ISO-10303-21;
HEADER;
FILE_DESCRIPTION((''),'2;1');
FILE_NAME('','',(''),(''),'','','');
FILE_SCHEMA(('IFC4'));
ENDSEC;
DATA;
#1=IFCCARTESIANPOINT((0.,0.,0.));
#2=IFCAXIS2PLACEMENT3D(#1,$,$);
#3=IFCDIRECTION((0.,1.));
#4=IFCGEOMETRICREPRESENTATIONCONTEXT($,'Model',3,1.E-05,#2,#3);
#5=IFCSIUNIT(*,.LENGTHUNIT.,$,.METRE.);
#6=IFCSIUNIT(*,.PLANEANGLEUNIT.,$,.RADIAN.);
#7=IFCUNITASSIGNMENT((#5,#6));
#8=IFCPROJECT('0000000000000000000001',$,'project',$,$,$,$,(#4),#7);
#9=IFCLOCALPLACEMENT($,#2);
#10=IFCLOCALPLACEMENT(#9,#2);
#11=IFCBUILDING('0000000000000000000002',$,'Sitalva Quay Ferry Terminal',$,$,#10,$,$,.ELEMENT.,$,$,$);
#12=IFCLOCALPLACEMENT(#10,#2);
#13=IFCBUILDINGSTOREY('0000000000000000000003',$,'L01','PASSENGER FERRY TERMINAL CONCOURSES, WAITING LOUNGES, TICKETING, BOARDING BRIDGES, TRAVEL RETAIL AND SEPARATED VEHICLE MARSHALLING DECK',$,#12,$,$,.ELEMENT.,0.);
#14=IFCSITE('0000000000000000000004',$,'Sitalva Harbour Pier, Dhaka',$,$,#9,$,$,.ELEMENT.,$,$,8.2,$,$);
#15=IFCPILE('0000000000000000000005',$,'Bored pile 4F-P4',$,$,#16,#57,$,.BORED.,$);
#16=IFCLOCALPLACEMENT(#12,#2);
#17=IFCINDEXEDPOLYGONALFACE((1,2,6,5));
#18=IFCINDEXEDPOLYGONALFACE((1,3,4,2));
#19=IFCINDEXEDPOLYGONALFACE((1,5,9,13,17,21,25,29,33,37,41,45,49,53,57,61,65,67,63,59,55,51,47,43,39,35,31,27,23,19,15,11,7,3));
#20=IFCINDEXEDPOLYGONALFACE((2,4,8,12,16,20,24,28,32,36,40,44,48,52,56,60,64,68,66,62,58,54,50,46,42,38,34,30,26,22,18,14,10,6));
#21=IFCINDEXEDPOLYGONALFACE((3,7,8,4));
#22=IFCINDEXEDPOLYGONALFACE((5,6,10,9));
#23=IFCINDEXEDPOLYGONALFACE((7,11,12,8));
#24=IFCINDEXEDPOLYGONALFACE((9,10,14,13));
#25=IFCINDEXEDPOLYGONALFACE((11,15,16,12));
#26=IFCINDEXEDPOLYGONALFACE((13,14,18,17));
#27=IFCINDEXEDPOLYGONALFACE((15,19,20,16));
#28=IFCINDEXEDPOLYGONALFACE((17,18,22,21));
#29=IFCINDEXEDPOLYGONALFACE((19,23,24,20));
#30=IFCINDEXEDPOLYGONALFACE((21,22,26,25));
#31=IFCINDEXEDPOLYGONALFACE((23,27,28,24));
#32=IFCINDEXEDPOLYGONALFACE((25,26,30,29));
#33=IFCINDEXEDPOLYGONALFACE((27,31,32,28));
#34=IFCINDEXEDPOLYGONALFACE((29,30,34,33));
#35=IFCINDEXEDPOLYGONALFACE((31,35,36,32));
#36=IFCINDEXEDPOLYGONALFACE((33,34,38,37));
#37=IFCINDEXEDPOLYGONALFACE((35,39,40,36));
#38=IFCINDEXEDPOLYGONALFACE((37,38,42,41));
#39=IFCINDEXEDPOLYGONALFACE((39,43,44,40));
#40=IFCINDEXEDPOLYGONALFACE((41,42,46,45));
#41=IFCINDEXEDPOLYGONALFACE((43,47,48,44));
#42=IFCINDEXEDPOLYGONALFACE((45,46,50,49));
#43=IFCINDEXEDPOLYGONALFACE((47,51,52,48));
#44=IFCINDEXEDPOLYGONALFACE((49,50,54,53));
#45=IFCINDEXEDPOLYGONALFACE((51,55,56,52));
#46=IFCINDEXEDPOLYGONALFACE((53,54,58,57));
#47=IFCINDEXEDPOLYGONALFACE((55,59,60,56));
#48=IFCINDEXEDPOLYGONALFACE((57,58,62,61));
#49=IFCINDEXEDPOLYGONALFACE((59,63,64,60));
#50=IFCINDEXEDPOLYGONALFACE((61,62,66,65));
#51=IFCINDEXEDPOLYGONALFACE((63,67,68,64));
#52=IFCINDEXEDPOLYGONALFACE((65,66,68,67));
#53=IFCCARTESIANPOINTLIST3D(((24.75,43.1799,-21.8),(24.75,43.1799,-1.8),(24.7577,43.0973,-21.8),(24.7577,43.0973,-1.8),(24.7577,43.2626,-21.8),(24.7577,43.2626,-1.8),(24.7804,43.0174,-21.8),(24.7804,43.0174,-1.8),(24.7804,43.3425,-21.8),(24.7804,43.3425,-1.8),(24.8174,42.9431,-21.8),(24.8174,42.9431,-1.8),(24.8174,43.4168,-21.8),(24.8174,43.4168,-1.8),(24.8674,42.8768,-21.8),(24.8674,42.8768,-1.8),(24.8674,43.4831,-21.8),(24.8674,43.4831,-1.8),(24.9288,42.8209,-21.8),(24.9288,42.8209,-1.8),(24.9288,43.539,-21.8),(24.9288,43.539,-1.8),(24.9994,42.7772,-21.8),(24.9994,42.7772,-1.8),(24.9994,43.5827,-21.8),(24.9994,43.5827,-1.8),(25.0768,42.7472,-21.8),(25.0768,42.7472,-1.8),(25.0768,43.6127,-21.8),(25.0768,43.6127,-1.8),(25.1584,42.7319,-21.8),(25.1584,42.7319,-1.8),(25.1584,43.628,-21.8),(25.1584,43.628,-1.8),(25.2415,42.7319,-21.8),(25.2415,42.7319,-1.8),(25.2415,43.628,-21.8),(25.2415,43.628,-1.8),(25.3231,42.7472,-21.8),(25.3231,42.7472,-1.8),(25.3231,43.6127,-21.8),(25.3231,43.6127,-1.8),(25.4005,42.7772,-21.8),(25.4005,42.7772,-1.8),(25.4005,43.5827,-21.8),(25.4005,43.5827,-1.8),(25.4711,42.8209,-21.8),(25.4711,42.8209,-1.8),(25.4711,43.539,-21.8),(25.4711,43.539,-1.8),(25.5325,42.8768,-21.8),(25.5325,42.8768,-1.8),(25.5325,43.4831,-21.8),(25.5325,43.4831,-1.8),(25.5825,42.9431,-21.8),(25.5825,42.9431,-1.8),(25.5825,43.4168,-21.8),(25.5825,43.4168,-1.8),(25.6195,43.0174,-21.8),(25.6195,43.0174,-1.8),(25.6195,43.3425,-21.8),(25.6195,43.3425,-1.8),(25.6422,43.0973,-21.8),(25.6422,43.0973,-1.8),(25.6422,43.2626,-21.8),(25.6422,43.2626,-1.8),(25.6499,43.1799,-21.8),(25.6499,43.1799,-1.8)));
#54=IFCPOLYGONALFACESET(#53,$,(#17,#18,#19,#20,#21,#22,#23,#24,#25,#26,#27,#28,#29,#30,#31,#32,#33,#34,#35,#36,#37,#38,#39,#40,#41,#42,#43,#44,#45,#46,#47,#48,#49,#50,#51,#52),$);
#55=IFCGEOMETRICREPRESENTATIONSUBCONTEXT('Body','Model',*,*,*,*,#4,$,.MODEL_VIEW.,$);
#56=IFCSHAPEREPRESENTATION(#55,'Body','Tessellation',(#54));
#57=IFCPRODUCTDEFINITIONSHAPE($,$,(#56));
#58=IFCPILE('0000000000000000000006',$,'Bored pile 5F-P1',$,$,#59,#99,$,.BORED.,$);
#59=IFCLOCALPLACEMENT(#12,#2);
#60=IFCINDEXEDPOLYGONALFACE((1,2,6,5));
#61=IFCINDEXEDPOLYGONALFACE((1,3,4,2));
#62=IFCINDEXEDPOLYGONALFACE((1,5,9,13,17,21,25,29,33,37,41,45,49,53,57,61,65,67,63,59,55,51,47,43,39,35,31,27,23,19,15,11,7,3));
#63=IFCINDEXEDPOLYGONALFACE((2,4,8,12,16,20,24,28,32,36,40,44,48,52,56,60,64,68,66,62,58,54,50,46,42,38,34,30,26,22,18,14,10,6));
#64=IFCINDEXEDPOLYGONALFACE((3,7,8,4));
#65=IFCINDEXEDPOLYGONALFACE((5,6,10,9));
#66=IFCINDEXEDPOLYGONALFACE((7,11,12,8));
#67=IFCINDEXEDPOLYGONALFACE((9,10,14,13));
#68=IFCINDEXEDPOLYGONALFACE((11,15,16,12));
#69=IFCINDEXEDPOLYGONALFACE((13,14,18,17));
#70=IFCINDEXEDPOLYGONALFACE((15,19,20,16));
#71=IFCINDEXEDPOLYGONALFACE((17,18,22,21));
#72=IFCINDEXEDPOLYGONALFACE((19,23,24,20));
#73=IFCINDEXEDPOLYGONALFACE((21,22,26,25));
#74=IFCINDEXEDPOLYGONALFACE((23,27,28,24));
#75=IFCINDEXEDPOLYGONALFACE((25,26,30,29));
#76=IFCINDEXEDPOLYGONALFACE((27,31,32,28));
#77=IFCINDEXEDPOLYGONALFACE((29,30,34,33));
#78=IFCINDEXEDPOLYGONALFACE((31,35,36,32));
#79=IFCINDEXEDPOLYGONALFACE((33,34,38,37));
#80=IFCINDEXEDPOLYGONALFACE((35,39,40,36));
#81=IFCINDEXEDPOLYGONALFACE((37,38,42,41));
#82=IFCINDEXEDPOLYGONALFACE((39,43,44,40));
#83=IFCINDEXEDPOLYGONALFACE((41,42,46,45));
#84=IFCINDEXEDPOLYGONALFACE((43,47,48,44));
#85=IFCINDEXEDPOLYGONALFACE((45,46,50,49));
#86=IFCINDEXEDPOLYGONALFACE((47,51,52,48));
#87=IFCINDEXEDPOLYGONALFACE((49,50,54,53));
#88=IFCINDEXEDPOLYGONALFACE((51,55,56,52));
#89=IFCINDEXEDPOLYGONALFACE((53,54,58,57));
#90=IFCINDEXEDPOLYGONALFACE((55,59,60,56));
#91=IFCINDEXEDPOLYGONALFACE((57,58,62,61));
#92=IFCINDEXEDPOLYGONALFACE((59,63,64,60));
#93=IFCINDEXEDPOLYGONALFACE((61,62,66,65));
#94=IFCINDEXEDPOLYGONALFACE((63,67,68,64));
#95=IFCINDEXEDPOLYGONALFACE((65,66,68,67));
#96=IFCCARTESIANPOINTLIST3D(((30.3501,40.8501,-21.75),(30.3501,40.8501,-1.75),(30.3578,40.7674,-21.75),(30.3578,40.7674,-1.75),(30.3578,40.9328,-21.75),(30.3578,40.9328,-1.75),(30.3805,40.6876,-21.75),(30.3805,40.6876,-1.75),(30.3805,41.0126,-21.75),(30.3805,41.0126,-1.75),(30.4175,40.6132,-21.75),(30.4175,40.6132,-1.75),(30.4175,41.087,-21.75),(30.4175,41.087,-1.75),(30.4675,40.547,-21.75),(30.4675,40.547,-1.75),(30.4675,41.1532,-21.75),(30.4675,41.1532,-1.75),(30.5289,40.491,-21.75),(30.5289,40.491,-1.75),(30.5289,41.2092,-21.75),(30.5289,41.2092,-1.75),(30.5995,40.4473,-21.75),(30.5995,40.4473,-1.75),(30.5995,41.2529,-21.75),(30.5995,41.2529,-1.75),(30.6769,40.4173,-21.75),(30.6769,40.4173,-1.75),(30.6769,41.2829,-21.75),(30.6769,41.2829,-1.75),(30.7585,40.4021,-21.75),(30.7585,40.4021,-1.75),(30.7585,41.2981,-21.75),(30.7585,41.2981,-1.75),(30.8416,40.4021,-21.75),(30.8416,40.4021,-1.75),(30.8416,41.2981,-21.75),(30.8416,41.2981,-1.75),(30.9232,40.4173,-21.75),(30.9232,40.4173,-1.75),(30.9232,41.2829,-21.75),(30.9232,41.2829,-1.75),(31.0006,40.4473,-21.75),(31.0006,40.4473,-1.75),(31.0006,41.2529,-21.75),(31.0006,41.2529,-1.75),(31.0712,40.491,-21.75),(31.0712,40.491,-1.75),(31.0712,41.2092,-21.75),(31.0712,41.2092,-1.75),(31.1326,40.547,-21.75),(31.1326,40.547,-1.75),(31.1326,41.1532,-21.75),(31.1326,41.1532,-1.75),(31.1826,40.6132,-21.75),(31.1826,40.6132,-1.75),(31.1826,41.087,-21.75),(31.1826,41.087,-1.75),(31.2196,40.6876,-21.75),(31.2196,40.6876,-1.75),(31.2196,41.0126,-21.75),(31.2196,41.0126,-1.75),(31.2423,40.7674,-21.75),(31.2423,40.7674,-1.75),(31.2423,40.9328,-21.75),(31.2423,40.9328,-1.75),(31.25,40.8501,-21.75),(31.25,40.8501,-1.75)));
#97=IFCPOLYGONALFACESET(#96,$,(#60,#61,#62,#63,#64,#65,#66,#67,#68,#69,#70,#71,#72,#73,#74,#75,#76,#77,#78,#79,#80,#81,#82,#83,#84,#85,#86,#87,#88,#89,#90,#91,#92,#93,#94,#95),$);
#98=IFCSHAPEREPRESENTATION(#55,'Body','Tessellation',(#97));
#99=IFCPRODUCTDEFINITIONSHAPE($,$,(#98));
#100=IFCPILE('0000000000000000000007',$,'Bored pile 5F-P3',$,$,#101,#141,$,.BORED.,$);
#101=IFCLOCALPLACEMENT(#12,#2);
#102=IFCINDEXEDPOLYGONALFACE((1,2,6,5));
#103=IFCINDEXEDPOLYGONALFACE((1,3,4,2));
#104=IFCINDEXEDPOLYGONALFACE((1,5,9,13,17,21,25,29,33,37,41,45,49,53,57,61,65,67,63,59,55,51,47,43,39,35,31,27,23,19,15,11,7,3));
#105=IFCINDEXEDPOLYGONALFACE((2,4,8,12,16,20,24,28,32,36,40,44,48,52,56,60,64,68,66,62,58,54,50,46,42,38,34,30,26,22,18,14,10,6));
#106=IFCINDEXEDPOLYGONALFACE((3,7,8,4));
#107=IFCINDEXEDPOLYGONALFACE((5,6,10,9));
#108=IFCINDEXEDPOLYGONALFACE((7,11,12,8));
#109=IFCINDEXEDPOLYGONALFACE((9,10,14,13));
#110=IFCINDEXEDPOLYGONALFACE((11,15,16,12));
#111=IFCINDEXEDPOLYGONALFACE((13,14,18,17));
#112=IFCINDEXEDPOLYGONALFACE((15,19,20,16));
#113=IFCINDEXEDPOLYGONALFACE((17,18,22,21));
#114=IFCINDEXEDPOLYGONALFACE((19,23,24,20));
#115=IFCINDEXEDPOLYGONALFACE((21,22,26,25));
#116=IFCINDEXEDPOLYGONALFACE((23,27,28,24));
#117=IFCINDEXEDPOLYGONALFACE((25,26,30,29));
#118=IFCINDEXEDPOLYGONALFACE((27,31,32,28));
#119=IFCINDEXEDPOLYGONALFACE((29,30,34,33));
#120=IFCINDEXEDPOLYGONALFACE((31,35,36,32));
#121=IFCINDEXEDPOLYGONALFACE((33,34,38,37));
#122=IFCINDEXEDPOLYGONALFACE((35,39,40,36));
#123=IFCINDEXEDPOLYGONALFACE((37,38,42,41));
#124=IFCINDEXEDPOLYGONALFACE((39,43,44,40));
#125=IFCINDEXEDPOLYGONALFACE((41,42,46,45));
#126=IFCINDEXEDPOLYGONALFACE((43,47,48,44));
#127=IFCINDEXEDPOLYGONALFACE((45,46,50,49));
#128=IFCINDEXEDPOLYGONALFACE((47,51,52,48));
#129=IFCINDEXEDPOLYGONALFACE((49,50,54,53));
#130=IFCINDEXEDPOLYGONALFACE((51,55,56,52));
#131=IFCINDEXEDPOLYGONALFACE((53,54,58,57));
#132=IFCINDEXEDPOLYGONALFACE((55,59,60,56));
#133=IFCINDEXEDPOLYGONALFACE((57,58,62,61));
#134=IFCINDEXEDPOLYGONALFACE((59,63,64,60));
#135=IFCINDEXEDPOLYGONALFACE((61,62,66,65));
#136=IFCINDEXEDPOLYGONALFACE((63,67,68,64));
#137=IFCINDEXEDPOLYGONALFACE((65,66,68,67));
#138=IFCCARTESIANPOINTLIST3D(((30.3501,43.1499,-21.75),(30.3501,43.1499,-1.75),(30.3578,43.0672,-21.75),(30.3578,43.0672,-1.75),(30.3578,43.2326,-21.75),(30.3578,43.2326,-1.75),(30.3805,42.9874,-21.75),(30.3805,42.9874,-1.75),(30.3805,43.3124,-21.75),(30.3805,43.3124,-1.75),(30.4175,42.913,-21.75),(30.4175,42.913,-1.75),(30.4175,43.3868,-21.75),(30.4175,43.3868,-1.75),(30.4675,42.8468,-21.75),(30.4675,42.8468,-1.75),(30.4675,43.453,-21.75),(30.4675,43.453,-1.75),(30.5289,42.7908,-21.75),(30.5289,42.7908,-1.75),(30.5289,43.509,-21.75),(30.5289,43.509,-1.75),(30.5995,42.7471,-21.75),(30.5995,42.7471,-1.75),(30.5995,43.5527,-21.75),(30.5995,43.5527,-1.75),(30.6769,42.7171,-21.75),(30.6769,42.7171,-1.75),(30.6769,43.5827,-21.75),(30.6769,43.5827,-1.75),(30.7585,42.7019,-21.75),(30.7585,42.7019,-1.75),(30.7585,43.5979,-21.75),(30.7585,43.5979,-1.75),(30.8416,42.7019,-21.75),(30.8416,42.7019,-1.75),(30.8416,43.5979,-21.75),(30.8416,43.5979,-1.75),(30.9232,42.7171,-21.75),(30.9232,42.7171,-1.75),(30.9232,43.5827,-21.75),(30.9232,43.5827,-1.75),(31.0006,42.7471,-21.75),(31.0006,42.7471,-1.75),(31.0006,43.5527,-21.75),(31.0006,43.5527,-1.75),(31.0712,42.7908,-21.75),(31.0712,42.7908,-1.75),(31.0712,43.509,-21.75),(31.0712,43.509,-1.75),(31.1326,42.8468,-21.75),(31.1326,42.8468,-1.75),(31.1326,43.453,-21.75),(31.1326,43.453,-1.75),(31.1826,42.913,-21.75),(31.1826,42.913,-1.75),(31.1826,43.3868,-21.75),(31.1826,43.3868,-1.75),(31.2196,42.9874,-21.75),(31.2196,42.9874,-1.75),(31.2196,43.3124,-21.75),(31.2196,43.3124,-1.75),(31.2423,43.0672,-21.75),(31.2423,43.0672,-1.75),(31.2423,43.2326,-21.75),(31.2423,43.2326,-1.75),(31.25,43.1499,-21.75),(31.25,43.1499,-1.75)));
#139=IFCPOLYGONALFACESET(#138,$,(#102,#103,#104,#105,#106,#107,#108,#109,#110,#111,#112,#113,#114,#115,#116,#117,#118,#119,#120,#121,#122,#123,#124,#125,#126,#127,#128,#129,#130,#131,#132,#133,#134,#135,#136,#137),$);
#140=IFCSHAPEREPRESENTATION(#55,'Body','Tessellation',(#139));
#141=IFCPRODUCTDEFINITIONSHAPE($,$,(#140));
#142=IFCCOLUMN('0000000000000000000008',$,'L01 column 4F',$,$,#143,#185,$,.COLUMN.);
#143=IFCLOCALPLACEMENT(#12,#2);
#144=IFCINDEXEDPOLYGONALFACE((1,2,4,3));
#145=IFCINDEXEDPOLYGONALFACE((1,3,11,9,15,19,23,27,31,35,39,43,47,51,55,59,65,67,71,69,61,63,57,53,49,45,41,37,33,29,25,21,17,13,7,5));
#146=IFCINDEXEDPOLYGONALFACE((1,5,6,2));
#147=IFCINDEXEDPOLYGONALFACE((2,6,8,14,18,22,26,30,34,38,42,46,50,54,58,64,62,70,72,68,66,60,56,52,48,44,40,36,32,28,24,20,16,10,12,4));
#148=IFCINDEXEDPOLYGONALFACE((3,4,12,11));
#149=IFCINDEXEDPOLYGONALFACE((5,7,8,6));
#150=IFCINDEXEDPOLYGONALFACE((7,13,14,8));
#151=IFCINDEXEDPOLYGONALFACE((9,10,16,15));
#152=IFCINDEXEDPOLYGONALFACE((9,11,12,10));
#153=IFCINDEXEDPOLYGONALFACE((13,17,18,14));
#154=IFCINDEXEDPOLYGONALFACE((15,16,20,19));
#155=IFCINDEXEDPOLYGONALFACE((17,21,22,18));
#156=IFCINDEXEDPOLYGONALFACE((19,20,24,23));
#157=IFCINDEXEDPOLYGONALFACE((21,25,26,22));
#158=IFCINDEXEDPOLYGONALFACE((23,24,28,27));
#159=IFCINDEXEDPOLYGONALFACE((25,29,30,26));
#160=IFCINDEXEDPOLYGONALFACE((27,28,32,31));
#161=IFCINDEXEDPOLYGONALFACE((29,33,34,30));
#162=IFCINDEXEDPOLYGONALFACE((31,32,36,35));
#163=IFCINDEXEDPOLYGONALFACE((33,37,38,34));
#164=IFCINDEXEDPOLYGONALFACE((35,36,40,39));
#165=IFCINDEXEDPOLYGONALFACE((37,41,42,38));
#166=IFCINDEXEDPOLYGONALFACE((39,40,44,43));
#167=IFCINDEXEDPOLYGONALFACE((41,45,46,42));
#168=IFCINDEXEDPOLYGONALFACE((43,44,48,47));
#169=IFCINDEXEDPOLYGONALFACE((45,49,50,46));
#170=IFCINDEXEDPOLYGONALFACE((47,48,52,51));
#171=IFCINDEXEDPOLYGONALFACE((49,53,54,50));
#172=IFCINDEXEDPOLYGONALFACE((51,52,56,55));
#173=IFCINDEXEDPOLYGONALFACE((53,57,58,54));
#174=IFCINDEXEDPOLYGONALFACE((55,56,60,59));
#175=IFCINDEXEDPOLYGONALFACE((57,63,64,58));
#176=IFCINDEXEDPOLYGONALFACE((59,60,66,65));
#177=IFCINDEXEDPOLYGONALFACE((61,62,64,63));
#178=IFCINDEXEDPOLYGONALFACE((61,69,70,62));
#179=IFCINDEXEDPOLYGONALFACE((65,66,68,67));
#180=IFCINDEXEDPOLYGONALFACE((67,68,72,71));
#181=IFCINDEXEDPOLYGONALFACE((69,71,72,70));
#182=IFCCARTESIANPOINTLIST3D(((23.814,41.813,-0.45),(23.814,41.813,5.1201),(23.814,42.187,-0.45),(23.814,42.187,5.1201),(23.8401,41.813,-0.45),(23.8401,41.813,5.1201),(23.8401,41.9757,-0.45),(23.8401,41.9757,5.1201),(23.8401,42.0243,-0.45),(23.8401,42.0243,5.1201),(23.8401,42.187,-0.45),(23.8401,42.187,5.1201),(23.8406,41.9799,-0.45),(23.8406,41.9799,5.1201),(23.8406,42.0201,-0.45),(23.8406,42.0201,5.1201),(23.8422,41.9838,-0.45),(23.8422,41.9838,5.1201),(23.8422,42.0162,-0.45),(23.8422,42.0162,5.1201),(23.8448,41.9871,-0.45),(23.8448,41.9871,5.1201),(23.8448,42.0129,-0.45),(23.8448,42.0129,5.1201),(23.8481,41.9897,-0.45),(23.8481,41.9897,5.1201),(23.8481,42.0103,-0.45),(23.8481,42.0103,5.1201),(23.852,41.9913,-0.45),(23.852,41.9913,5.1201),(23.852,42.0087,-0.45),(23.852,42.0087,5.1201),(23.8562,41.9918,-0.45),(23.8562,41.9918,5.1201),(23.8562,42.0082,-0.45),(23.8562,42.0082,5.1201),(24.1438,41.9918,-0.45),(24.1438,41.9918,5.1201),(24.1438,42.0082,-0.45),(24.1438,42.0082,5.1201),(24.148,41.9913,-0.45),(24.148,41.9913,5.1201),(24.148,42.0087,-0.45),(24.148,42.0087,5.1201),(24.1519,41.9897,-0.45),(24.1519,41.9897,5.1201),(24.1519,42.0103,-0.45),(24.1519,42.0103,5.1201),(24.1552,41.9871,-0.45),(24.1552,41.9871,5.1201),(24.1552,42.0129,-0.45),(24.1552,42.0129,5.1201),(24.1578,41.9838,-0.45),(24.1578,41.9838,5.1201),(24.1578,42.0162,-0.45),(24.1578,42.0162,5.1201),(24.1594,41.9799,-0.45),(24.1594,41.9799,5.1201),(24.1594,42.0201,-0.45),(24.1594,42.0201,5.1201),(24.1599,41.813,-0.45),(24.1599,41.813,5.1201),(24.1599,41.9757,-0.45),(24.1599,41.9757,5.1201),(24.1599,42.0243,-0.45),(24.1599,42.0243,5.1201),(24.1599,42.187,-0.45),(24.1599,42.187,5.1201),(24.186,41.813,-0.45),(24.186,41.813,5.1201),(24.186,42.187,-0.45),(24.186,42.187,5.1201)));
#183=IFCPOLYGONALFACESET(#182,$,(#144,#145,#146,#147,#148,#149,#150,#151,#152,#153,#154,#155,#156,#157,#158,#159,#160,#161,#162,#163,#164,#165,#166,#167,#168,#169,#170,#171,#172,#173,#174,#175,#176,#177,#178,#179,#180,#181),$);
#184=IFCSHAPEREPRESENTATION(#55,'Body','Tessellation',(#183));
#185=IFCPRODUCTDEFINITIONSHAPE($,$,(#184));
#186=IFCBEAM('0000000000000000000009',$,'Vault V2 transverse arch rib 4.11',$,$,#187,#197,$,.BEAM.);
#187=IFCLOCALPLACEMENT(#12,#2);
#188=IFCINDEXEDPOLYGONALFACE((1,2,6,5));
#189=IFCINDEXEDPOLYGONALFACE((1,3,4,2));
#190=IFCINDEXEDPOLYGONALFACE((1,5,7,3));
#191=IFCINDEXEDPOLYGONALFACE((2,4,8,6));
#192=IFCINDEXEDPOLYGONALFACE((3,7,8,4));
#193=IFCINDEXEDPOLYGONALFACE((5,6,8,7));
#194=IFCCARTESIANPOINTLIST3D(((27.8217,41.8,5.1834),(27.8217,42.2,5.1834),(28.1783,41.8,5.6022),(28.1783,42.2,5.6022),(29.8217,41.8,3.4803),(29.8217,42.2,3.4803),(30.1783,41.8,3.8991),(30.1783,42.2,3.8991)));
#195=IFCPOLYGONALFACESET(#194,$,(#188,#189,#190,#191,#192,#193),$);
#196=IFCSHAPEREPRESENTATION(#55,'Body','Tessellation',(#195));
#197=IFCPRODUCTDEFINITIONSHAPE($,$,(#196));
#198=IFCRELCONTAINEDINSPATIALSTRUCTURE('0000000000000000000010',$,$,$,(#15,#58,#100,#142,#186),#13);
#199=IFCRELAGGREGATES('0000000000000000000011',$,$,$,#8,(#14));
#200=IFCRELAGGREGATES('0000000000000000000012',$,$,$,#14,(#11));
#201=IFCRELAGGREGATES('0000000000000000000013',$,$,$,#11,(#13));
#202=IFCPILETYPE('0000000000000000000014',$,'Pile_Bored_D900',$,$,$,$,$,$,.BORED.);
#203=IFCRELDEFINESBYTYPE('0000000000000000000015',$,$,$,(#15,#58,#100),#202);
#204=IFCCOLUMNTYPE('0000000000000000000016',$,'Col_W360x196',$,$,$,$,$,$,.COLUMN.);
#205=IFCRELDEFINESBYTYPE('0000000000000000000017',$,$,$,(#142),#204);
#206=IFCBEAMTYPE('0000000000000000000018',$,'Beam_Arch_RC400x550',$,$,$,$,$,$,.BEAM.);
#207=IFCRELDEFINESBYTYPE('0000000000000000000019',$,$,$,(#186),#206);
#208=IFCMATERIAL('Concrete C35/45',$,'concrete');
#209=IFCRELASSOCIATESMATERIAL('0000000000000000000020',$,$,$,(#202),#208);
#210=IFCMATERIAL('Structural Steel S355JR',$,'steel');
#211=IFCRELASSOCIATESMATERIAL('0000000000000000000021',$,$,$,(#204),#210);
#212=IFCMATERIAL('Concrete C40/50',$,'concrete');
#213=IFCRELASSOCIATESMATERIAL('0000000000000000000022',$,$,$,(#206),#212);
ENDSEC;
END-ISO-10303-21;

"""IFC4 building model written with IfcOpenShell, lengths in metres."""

from ifc_helpers import new_model, si_unit, direction, frame, origin, origin_2d, place, context, subcontext, project, spatial, rectangle, circle, i_section, extrude, material, material_profile, profile_set, type_object, element, save


model = new_model("IFC4")

# Units and contexts
model_context = context("Model", 3, precision=1e-05, world=origin(), true_north=direction((0.0, 1.0)))
body_context = subcontext(model_context, "Body", "Model", "MODEL_VIEW")
ifc_project = project(units=[si_unit("LENGTHUNIT", "METRE"), si_unit("PLANEANGLEUNIT", "RADIAN")], contexts=[model_context])

# Site, building, storey
site_placement = place(None, origin())
site = spatial("IfcSite", under=ifc_project, at=site_placement, Name="Sitalva Harbour Pier, Dhaka", CompositionType="ELEMENT", RefElevation=8.2)
building_placement = place(site_placement, origin())
building = spatial("IfcBuilding", under=site, at=building_placement, Name="Sitalva Quay Ferry Terminal", CompositionType="ELEMENT")
storey_placement = place(building_placement, origin())
storey = spatial("IfcBuildingStorey", under=building, at=storey_placement, Name="L01", Description="PASSENGER FERRY TERMINAL CONCOURSES, WAITING LOUNGES, TICKETING, BOARDING BRIDGES, TRAVEL RETAIL AND SEPARATED VEHICLE MARSHALLING DECK", CompositionType="ELEMENT", Elevation=0.0)

# Piles
ifc_material_1 = material(Name="Concrete C35/45", Category="concrete")
ifc_material_profile_1 = material_profile(ifc_material_1, circle(Radius=0.45, at=origin_2d()), Name="PILE-D900")
ifc_profile_set_1 = profile_set([ifc_material_profile_1], Name="Concrete C35/45")
pile_type = type_object("IfcPileType", Name="Pile_Bored_D900", PredefinedType="BORED", material=ifc_profile_set_1)
for number, where, z_axis, x_axis, name in (
    (1, (25.2, 43.1799, -1.8), (0.0, 0.0, -1.0), (1.0, 0.0, 0.0), "Bored pile 4F-P4"),
    (2, (30.8, 40.8501, -1.75), (0.0, 0.0, -1.0), (1.0, 0.0, 0.0), "Bored pile 5F-P1"),
    (3, (30.8, 43.1499, -1.75), (0.0, 0.0, -1.0), (1.0, 0.0, 0.0), "Bored pile 5F-P3"),
):
    element("IfcPile", number, at=place(storey_placement, frame(where, z_axis=z_axis, x_axis=x_axis)), inside=storey, type_object=pile_type, Name=name, PredefinedType="BORED", context=body_context, shape_type="SweptSolid", body=[
        extrude(circle(Radius=0.45, at=origin_2d()), origin(), (0.0, 0.0, 1.0), 20.0),
    ])

# Column
ifc_material_2 = material(Name="Structural Steel S355JR", Category="steel")
ifc_material_profile_2 = material_profile(ifc_material_2, i_section(OverallWidth=0.374, OverallDepth=0.3721, WebThickness=0.0164, FlangeThickness=0.0261, FilletRadius=0.0161, at=origin_2d()), Name="W360x196")
ifc_profile_set_2 = profile_set([ifc_material_profile_2], Name="Structural Steel S355JR")
column_type = type_object("IfcColumnType", Name="Col_W360x196", PredefinedType="COLUMN", material=ifc_profile_set_2)
column_placement = place(storey_placement, frame((24.0, 42.0, -0.45), z_axis=(0.0, 0.0, 1.0), x_axis=(0.0, 1.0, 0.0)))
element("IfcColumn", 4, at=column_placement, inside=storey, type_object=column_type, Name="L01 column 4F", PredefinedType="COLUMN", context=body_context, shape_type="SweptSolid", body=[
    extrude(i_section(OverallWidth=0.374, OverallDepth=0.3721, WebThickness=0.0164, FlangeThickness=0.0261, FilletRadius=0.0161, at=origin_2d()), origin(), (0.0, 0.0, 1.0), 5.5701),
])

# Beam
ifc_material_3 = material(Name="Concrete C40/50", Category="concrete")
ifc_material_profile_3 = material_profile(ifc_material_3, rectangle(XDim=0.3999, YDim=0.55, at=origin_2d()), Name="RC400x550")
ifc_profile_set_3 = profile_set([ifc_material_profile_3], Name="Concrete C40/50")
beam_type_1 = type_object("IfcBeamType", Name="Beam_Arch_RC400x550", PredefinedType="BEAM", material=ifc_profile_set_3)
beam_1_placement = place(storey_placement, frame((28.0, 42.0, 5.3928), z_axis=(0.761352, 0.0, -0.648339), x_axis=(0.0, 1.0, 0.0)))
element("IfcBeam", 5, at=beam_1_placement, inside=storey, type_object=beam_type_1, Name="Vault V2 transverse arch rib 4.11", PredefinedType="BEAM", context=body_context, shape_type="SweptSolid", body=[
    extrude(rectangle(XDim=0.3999, YDim=0.55, at=origin_2d()), origin(), (0.0, 0.0, 1.0), 2.627),
])

save(model, "model.ifc")
